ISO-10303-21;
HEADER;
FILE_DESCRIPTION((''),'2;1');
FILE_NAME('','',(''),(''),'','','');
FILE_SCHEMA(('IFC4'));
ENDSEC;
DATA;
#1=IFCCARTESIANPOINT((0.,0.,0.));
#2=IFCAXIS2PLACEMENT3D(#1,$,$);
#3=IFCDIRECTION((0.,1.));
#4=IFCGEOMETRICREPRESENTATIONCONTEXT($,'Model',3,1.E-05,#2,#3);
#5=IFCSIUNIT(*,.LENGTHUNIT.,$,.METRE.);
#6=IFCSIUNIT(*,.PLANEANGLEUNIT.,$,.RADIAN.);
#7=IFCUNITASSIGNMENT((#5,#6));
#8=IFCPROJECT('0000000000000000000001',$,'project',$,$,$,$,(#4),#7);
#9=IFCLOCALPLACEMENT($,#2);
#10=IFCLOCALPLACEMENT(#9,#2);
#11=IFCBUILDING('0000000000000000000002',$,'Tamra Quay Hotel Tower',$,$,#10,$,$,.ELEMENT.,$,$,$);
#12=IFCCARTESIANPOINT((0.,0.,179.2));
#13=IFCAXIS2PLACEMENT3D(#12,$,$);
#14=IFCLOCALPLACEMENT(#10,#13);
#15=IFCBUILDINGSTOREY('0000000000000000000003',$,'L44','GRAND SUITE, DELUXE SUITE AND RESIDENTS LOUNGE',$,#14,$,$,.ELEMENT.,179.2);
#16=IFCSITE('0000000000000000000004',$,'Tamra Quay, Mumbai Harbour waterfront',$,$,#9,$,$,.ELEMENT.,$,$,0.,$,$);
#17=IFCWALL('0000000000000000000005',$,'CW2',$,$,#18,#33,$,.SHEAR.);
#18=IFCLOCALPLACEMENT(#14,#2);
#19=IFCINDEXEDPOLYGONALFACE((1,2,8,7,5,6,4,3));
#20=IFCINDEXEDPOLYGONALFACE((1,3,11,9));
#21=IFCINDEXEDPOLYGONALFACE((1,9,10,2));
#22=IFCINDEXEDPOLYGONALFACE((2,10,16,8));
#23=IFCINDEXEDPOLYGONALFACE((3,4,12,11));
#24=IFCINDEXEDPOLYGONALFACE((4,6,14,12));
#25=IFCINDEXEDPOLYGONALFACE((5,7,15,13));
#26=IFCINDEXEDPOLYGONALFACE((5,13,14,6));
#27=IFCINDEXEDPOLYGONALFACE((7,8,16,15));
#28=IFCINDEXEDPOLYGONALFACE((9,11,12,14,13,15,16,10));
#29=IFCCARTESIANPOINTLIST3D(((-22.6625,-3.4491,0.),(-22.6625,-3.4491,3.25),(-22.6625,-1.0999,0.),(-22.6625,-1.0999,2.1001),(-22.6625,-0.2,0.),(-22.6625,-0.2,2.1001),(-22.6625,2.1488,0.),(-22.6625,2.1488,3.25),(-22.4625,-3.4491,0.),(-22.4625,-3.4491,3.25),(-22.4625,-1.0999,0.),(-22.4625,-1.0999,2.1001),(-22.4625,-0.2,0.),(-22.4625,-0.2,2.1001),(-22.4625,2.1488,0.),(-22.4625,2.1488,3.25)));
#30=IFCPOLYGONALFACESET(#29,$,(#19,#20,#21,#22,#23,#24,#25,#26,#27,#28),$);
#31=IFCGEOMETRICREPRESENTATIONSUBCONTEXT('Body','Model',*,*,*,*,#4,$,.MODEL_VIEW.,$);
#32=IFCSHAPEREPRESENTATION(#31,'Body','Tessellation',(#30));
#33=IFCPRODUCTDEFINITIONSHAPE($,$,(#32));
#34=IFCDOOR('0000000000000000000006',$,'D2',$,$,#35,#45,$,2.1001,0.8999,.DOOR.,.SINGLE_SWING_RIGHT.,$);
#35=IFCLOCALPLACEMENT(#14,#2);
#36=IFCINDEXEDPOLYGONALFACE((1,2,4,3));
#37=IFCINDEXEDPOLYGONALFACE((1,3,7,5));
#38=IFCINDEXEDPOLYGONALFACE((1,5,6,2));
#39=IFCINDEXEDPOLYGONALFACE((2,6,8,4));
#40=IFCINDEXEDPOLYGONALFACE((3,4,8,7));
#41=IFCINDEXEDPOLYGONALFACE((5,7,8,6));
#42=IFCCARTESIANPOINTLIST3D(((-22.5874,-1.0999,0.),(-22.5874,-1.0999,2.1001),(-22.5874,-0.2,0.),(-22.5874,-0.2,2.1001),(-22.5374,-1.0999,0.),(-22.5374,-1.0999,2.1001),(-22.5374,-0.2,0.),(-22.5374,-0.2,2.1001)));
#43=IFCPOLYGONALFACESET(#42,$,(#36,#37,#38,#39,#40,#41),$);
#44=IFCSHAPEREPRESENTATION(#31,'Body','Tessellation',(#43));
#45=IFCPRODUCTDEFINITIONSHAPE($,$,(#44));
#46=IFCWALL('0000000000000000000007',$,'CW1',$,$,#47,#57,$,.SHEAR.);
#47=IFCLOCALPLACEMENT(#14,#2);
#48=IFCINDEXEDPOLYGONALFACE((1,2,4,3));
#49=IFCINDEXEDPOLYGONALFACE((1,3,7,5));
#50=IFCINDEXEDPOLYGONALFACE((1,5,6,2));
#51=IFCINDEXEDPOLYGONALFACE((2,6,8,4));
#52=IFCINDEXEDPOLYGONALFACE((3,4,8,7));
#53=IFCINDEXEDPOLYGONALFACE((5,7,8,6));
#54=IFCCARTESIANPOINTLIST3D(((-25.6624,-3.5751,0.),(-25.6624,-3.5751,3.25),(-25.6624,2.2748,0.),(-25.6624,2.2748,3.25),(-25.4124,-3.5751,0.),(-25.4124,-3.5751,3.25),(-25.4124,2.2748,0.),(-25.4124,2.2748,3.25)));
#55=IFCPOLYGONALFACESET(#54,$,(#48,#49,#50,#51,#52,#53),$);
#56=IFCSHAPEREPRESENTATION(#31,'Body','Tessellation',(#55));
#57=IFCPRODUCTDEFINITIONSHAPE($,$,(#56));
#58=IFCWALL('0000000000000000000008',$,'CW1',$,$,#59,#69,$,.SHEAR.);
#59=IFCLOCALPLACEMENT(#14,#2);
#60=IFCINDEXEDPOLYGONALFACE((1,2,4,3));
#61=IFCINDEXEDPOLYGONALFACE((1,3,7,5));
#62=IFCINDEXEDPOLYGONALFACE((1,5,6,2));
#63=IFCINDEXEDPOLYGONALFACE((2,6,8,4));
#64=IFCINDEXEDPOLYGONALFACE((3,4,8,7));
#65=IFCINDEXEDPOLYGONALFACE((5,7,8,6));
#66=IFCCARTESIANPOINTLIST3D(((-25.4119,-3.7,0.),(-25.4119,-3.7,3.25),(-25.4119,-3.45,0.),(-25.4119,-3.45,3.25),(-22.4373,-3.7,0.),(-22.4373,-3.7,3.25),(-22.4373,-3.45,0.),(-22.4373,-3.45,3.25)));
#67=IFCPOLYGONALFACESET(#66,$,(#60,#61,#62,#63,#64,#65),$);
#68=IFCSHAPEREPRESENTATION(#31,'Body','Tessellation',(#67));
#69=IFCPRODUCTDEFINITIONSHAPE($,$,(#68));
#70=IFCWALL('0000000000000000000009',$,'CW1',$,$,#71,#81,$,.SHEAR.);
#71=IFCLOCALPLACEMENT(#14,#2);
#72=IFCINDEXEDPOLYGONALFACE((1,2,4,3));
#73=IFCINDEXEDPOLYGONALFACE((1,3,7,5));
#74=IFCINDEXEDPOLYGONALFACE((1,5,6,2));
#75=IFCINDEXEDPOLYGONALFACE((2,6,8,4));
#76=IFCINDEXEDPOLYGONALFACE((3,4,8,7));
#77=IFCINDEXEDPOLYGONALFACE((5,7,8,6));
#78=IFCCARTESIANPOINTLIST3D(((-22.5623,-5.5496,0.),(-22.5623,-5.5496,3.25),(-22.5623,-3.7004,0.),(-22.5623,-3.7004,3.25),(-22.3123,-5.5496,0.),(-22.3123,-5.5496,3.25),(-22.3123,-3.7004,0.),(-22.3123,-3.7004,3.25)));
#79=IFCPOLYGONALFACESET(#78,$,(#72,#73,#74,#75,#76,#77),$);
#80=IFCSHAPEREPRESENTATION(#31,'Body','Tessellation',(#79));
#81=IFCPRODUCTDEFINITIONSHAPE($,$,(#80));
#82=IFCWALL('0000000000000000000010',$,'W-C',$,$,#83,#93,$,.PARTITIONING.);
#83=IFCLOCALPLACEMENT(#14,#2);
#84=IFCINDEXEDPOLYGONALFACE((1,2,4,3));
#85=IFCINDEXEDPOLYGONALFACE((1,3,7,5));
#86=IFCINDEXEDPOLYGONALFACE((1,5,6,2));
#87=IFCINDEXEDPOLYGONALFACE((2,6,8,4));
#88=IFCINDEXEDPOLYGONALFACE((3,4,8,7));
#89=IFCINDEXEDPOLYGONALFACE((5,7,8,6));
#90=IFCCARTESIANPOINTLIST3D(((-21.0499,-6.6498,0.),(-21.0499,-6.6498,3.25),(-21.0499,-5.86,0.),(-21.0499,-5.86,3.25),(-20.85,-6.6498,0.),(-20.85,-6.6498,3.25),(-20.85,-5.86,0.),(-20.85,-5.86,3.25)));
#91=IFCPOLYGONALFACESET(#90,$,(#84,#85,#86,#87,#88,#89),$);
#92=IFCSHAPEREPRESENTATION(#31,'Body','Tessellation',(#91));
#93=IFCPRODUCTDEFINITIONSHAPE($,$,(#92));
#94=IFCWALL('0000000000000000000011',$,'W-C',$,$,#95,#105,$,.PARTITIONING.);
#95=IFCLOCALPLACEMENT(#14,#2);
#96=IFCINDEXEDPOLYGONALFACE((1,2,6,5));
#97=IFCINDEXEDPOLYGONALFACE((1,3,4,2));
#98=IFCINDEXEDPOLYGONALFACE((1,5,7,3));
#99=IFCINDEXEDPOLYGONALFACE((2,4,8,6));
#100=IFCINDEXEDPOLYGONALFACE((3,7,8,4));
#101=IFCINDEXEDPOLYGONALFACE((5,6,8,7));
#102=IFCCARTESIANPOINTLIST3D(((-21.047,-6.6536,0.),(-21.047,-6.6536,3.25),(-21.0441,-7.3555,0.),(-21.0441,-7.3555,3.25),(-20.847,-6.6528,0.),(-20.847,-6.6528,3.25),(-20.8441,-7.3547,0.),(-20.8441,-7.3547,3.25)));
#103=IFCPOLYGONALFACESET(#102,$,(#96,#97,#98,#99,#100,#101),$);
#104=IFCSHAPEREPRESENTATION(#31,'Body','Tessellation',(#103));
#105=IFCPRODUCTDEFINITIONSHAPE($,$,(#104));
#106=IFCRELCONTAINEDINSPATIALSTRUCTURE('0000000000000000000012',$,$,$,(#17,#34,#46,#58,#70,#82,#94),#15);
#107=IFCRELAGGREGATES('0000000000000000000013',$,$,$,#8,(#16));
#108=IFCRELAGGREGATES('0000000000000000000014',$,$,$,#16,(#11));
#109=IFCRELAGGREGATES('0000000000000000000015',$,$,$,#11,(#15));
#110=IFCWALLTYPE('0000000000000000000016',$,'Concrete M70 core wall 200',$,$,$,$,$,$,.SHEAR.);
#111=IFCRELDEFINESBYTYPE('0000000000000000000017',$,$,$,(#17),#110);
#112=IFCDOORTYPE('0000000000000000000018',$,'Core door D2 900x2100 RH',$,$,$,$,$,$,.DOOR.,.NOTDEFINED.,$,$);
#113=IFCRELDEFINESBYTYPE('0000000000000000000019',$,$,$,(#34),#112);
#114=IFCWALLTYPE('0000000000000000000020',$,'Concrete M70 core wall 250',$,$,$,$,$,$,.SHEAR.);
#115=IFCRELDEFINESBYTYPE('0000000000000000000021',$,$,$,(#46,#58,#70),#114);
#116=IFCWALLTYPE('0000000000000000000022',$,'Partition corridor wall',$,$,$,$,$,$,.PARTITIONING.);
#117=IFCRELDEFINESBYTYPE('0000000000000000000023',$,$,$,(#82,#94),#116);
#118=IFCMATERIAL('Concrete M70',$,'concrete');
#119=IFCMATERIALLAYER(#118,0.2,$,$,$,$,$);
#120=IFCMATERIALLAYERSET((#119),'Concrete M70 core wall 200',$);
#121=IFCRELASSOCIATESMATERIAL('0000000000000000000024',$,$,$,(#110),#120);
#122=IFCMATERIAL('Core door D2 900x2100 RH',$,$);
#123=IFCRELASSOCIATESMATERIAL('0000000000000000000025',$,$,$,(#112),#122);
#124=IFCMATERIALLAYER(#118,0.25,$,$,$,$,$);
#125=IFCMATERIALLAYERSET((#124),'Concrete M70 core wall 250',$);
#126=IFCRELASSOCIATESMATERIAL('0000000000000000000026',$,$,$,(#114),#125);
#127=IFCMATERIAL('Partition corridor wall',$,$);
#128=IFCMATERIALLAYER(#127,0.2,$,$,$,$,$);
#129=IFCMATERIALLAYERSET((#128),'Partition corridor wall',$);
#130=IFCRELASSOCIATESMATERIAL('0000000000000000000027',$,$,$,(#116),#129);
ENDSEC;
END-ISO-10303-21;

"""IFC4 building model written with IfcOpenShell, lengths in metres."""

from ifc_helpers import new_model, si_unit, direction, frame, frame_2d, origin, place, context, subcontext, project, spatial, rectangle, extrude, material, layer, layer_set, type_object, element, fill, save


model = new_model("IFC4")

# Units and contexts
model_context = context("Model", 3, precision=1e-05, world=origin(), true_north=direction((0.0, 1.0)))
body_context = subcontext(model_context, "Body", "Model", "MODEL_VIEW")
ifc_project = project(units=[si_unit("LENGTHUNIT", "METRE"), si_unit("PLANEANGLEUNIT", "RADIAN")], contexts=[model_context])

# Site, building, storey
site_placement = place(None, origin())
site = spatial("IfcSite", under=ifc_project, at=site_placement, Name="Tamra Quay, Mumbai Harbour waterfront", CompositionType="ELEMENT", RefElevation=0.0)
building_placement = place(site_placement, origin())
building = spatial("IfcBuilding", under=site, at=building_placement, Name="Tamra Quay Hotel Tower", CompositionType="ELEMENT")
storey_placement = place(building_placement, frame((0.0, 0.0, 179.2)))
storey = spatial("IfcBuildingStorey", under=building, at=storey_placement, Name="L44", Description="GRAND SUITE, DELUXE SUITE AND RESIDENTS LOUNGE", CompositionType="ELEMENT", Elevation=179.2)

# Shared definitions
ifc_material_1 = material(Name="Concrete M70", Category="concrete")

# Wall, opening, door
ifc_layer_1 = layer(ifc_material_1, 0.2)
ifc_layer_set_1 = layer_set([ifc_layer_1], Name="Concrete M70 core wall 200")
wall_type_1 = type_object("IfcWallType", Name="Concrete M70 core wall 200", PredefinedType="SHEAR", material=ifc_layer_set_1)
wall_1_placement = place(storey_placement, frame((-22.5625, -3.449, 0.0), z_axis=(0.0, 0.0, 1.0), x_axis=(0.0, 1.0, 0.0)))
wall_1 = element("IfcWall", 1, at=wall_1_placement, inside=storey, type_object=wall_type_1, Name="CW2", PredefinedType="SHEAR", context=body_context, shape_type="SweptSolid", body=[
    extrude(rectangle(XDim=5.5979, YDim=0.2, at=frame_2d((2.7988, 0.0))), origin(), (0.0, 0.0, 1.0), 3.25),
])
opening_placement = place(wall_1_placement, frame((2.3491, 0.0, 0.0)))
opening = element("IfcOpeningElement", 2, at=opening_placement, cuts=wall_1, PredefinedType="OPENING", context=body_context, shape_type="SweptSolid", body=[
    extrude(rectangle(XDim=0.8999, YDim=2.1001, at=frame_2d((0.45, 1.05))), frame((0.0, 0.1099, 0.0), z_axis=(0.0, -1.0, 0.0), x_axis=(1.0, 0.0, 0.0)), (0.0, 0.0, 1.0), 0.22),
])
ifc_material_2 = material(Name="Core door D2 900x2100 RH")
door_type = type_object("IfcDoorType", Name="Core door D2 900x2100 RH", OperationType="NOTDEFINED", PredefinedType="DOOR", material=ifc_material_2)
door_placement = place(opening_placement, origin())
door = element("IfcDoor", 3, at=door_placement, inside=storey, type_object=door_type, Name="D2", OperationType="SINGLE_SWING_RIGHT", OverallHeight=2.1001, OverallWidth=0.8999, PredefinedType="DOOR", context=body_context, shape_type="SweptSolid", body=[
    extrude(rectangle(XDim=0.8999, YDim=2.1001, at=frame_2d((0.45, 1.05))), frame((0.0, 0.0249, 0.0), z_axis=(0.0, -1.0, 0.0), x_axis=(1.0, 0.0, 0.0)), (0.0, 0.0, 1.0), 0.05),
])
fill(opening, door)

# Walls
ifc_layer_2 = layer(ifc_material_1, 0.25)
ifc_layer_set_2 = layer_set([ifc_layer_2], Name="Concrete M70 core wall 250")
wall_type_2 = type_object("IfcWallType", Name="Concrete M70 core wall 250", PredefinedType="SHEAR", material=ifc_layer_set_2)
wall_2_placement = place(storey_placement, frame((-25.5374, -3.575, 0.0), z_axis=(0.0, 0.0, 1.0), x_axis=(0.0, 1.0, 0.0)))
element("IfcWall", 4, at=wall_2_placement, inside=storey, type_object=wall_type_2, Name="CW1", PredefinedType="SHEAR", context=body_context, shape_type="SweptSolid", body=[
    extrude(rectangle(XDim=5.8499, YDim=0.25, at=frame_2d((2.9248, 0.0))), origin(), (0.0, 0.0, 1.0), 3.25),
])
wall_3_placement = place(storey_placement, frame((-22.4373, -3.575, 0.0), z_axis=(0.0, 0.0, 1.0), x_axis=(-1.0, 0.0, 0.0)))
element("IfcWall", 5, at=wall_3_placement, inside=storey, type_object=wall_type_2, Name="CW1", PredefinedType="SHEAR", context=body_context, shape_type="SweptSolid", body=[
    extrude(rectangle(XDim=2.9746, YDim=0.25, at=frame_2d((1.4873, 0.0))), origin(), (0.0, 0.0, 1.0), 3.25),
])
wall_4_placement = place(storey_placement, frame((-22.4373, -5.5496, 0.0), z_axis=(0.0, 0.0, 1.0), x_axis=(0.0, 1.0, 0.0)))
element("IfcWall", 6, at=wall_4_placement, inside=storey, type_object=wall_type_2, Name="CW1", PredefinedType="SHEAR", context=body_context, shape_type="SweptSolid", body=[
    extrude(rectangle(XDim=1.8491, YDim=0.25, at=frame_2d((0.9246, 0.0))), origin(), (0.0, 0.0, 1.0), 3.25),
])
ifc_material_3 = material(Name="Partition corridor wall")
ifc_layer_3 = layer(ifc_material_3, 0.2)
ifc_layer_set_3 = layer_set([ifc_layer_3], Name="Partition corridor wall")
wall_type_3 = type_object("IfcWallType", Name="Partition corridor wall", PredefinedType="PARTITIONING", material=ifc_layer_set_3)
wall_5_placement = place(storey_placement, frame((-20.95, -6.6499, 0.0), z_axis=(0.0, 0.0, 1.0), x_axis=(0.0, 1.0, 0.0)))
element("IfcWall", 7, at=wall_5_placement, inside=storey, type_object=wall_type_3, Name="W-C", PredefinedType="PARTITIONING", context=body_context, shape_type="SweptSolid", body=[
    extrude(rectangle(XDim=0.7898, YDim=0.2, at=frame_2d((0.395, 0.0))), origin(), (0.0, 0.0, 1.0), 3.25),
])
wall_6_placement = place(storey_placement, frame((-20.947, -6.6531, 0.0), z_axis=(0.0, 0.0, 1.0), x_axis=(0.004174, -0.999991, 0.0)))
element("IfcWall", 8, at=wall_6_placement, inside=storey, type_object=wall_type_3, Name="W-C", PredefinedType="PARTITIONING", context=body_context, shape_type="SweptSolid", body=[
    extrude(rectangle(XDim=0.7019, YDim=0.2, at=frame_2d((0.3511, 0.0))), origin(), (0.0, 0.0, 1.0), 3.25),
])

save(model, "model.ifc")
